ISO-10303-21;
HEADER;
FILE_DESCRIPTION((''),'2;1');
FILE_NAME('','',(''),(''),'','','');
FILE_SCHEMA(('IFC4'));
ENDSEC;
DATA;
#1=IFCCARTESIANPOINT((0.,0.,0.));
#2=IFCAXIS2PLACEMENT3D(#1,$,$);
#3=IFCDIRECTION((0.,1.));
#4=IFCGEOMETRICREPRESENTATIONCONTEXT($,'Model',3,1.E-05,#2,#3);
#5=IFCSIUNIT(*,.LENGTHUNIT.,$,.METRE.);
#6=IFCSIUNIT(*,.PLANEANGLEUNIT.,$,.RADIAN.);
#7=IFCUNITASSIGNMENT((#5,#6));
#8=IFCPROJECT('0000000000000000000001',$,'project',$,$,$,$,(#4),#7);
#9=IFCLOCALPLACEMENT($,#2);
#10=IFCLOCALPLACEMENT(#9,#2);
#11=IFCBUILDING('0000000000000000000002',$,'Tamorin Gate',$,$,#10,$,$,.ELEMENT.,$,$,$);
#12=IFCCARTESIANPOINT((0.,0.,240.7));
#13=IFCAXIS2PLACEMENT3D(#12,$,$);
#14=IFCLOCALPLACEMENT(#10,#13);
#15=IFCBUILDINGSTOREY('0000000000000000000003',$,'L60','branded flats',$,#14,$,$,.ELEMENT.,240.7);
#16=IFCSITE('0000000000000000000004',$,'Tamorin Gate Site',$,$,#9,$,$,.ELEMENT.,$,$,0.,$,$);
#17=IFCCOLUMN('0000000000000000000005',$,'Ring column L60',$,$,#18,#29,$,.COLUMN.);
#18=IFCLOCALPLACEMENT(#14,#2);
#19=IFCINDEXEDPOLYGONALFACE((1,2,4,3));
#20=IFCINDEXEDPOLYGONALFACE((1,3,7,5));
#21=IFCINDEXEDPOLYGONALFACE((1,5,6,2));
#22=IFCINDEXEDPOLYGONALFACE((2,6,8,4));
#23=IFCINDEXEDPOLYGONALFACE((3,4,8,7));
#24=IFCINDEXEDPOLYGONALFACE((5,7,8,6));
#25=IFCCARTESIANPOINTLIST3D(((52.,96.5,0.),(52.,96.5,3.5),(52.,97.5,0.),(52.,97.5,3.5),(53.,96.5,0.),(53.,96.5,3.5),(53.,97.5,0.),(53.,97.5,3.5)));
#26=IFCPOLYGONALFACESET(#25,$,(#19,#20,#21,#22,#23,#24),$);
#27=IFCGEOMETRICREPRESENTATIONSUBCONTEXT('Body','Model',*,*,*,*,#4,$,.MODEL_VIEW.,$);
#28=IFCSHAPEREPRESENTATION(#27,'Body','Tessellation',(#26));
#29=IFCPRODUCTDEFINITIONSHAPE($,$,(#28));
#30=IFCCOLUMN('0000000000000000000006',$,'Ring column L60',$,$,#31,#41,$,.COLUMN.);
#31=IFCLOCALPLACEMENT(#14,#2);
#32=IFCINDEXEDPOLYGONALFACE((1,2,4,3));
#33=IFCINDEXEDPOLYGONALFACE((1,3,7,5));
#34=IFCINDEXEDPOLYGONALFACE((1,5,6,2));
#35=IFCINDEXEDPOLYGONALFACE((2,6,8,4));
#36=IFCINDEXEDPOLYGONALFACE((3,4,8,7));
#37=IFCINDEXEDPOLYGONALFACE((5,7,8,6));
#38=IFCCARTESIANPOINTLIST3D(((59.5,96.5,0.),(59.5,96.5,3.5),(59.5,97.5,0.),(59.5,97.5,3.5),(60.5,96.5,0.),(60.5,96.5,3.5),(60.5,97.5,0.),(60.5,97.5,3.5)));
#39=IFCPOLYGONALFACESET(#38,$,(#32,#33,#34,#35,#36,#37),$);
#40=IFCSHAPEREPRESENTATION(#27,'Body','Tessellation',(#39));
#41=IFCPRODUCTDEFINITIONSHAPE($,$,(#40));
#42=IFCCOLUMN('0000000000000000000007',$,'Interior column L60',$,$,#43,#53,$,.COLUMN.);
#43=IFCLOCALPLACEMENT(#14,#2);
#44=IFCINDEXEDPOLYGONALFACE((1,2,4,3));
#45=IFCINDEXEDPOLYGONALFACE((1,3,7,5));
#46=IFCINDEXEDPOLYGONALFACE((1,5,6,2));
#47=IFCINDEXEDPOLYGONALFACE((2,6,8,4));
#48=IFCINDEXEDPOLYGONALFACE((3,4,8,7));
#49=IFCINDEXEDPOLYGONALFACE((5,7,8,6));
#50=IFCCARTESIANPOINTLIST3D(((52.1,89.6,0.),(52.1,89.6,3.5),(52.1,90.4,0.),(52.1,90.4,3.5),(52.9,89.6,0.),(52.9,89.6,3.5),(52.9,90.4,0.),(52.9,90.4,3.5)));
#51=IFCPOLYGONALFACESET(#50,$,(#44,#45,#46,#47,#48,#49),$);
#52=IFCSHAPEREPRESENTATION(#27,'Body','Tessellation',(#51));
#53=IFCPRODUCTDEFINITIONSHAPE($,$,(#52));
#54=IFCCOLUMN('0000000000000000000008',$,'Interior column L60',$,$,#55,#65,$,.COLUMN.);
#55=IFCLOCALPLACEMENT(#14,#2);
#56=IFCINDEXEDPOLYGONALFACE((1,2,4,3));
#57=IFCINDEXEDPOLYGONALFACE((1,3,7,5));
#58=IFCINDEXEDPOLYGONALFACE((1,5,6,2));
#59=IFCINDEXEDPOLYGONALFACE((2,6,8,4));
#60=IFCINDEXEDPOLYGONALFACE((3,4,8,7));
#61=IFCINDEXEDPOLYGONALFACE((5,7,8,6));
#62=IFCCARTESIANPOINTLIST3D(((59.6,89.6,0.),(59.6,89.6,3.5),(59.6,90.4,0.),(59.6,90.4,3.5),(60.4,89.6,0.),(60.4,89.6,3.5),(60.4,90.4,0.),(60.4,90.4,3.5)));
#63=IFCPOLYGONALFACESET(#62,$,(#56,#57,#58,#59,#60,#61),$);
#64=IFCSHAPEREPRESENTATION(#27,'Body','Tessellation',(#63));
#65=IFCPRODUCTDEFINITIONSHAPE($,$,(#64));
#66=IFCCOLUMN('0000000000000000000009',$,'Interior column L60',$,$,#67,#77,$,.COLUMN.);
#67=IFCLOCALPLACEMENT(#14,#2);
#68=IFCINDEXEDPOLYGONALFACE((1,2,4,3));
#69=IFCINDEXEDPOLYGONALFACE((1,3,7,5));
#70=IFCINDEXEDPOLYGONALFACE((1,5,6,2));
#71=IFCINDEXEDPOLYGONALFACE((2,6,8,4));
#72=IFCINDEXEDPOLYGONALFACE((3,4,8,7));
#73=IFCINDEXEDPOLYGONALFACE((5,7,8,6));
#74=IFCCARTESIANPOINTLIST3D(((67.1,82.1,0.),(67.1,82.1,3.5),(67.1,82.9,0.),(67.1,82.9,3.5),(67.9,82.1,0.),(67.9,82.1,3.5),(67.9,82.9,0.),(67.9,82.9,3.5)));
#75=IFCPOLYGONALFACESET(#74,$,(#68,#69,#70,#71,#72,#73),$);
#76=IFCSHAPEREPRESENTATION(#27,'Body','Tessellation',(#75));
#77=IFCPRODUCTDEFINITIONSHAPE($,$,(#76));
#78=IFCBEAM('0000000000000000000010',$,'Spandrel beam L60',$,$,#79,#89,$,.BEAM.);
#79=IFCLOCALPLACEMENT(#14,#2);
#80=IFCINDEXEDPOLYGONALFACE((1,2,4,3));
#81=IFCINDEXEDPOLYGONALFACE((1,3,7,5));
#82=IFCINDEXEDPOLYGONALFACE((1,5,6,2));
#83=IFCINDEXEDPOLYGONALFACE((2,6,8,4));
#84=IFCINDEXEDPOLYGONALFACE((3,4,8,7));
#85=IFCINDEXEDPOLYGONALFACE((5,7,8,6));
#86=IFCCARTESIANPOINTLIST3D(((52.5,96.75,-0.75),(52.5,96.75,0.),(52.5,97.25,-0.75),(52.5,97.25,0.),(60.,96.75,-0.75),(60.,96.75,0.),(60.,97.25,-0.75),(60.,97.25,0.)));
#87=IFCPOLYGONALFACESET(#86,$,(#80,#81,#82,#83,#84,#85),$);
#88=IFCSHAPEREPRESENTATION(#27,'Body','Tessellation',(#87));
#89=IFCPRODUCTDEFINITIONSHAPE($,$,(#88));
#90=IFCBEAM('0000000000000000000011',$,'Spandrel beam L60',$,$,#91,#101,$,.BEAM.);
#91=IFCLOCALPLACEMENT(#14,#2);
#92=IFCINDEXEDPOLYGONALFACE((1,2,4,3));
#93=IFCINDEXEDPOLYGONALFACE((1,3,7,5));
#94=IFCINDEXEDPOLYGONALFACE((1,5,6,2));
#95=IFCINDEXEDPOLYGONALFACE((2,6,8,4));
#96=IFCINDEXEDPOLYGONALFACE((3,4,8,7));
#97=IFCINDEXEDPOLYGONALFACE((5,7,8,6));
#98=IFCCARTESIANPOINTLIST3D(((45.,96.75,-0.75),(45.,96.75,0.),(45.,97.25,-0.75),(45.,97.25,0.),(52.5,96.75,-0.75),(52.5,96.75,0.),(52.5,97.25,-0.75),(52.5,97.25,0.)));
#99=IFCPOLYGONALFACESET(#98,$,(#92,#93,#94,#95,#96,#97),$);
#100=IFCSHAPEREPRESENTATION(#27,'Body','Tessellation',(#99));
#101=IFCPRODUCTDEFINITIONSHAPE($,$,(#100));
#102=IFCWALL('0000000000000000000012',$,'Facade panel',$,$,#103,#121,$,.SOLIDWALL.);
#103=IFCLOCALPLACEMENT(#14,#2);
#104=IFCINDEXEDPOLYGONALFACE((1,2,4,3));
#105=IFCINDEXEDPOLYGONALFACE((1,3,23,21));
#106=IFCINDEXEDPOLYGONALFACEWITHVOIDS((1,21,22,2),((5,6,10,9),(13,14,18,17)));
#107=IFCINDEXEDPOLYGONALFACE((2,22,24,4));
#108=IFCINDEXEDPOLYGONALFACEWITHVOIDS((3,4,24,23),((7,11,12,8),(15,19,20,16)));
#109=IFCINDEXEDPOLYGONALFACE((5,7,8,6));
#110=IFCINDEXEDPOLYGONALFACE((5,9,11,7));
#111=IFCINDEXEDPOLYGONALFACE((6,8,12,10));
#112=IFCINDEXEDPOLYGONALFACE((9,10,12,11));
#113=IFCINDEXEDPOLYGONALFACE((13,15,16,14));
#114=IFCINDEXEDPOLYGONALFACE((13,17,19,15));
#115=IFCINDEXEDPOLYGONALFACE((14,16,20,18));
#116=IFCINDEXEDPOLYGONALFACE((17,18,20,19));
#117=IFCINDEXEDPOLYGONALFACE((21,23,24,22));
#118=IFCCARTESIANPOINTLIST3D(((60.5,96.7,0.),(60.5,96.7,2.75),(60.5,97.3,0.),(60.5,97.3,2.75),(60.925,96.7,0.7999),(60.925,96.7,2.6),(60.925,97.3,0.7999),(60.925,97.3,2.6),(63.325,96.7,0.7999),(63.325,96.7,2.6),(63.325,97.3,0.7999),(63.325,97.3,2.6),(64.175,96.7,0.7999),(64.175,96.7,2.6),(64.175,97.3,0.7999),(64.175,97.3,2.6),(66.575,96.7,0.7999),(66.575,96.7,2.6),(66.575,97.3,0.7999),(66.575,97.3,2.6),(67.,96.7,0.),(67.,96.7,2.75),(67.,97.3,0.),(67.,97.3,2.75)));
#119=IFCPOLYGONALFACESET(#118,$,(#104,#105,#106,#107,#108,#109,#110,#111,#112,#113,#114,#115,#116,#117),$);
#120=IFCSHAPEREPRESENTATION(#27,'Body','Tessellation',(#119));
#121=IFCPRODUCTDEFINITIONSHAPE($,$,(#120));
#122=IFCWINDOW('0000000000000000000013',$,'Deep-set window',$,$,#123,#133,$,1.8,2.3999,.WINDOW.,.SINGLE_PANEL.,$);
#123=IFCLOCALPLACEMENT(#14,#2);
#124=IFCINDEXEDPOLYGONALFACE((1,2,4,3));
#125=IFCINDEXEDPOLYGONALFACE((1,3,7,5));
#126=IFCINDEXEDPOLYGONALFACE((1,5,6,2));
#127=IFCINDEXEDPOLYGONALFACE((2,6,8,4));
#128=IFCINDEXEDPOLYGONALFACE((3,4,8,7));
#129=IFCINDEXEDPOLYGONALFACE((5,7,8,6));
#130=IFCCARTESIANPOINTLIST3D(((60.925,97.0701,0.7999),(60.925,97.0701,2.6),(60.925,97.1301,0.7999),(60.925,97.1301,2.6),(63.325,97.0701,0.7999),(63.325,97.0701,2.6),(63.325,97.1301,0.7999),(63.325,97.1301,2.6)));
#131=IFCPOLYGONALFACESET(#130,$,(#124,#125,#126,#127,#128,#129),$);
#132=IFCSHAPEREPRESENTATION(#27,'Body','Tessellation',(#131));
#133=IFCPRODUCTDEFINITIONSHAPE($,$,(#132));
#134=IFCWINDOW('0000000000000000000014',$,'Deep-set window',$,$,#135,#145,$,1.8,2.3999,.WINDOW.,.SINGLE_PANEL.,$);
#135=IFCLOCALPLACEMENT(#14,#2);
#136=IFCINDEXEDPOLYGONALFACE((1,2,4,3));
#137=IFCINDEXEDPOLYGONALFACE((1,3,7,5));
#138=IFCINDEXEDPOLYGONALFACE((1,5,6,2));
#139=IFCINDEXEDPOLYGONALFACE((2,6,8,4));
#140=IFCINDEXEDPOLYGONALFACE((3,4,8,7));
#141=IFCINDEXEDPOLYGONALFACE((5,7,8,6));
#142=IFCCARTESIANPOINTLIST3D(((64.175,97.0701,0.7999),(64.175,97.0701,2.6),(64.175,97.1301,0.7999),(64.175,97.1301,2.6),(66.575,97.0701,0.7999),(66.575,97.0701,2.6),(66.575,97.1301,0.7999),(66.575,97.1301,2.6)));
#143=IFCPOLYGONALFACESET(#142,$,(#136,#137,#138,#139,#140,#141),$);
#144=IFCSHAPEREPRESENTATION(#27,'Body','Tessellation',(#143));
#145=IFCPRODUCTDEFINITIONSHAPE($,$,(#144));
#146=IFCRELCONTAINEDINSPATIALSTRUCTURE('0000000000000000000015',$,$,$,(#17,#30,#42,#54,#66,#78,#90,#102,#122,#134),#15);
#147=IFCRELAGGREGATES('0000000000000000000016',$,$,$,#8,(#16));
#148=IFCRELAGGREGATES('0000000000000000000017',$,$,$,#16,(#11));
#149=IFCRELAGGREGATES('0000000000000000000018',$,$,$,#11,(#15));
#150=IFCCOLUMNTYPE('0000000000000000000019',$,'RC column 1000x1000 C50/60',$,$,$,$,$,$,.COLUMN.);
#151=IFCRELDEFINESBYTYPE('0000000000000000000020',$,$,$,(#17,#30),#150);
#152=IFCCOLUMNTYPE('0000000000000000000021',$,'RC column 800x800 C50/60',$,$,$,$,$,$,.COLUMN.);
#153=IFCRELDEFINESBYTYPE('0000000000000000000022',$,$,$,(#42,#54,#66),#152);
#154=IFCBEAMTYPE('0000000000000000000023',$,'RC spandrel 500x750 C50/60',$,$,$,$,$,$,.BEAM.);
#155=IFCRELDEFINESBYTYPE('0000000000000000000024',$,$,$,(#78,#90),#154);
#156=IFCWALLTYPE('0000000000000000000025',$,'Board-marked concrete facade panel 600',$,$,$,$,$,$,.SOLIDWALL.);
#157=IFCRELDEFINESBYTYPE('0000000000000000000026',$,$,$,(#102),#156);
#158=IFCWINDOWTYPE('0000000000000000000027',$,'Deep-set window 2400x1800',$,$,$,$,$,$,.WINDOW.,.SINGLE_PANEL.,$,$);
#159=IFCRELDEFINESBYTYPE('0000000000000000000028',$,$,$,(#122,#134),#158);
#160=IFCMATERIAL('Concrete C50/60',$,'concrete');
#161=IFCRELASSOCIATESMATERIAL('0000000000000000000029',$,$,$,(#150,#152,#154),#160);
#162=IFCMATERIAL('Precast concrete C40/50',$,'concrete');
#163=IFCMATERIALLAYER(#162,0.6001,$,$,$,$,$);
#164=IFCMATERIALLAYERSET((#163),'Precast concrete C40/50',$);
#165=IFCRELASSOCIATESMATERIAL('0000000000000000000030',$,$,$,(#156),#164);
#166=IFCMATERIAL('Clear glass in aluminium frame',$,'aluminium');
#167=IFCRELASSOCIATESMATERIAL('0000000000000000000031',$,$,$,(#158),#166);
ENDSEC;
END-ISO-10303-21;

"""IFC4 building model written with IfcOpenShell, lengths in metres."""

from ifc_helpers import new_model, si_unit, direction, frame, frame_2d, origin, origin_2d, place, context, subcontext, project, spatial, rectangle, extrude, material, layer, layer_set, material_profile, profile_set, type_object, element, fill, save


model = new_model("IFC4")

# Units and contexts
model_context = context("Model", 3, precision=1e-05, world=origin(), true_north=direction((0.0, 1.0)))
body_context = subcontext(model_context, "Body", "Model", "MODEL_VIEW")
ifc_project = project(units=[si_unit("LENGTHUNIT", "METRE"), si_unit("PLANEANGLEUNIT", "RADIAN")], contexts=[model_context])

# Site, building, storey
site_placement = place(None, origin())
site = spatial("IfcSite", under=ifc_project, at=site_placement, Name="Tamorin Gate Site", CompositionType="ELEMENT", RefElevation=0.0)
building_placement = place(site_placement, origin())
building = spatial("IfcBuilding", under=site, at=building_placement, Name="Tamorin Gate", CompositionType="ELEMENT")
storey_placement = place(building_placement, frame((0.0, 0.0, 240.7)))
storey = spatial("IfcBuildingStorey", under=building, at=storey_placement, Name="L60", Description="branded flats", CompositionType="ELEMENT", Elevation=240.7)

# Columns
ifc_material_1 = material(Name="Concrete C50/60", Category="concrete")
ifc_material_profile_1 = material_profile(ifc_material_1, rectangle(XDim=1.0, YDim=1.0, at=origin_2d()), Name="RC 1000x1000")
ifc_profile_set_1 = profile_set([ifc_material_profile_1], Name="Concrete C50/60")
column_type_1 = type_object("IfcColumnType", Name="RC column 1000x1000 C50/60", PredefinedType="COLUMN", material=ifc_profile_set_1)
for number, where, z_axis, x_axis, name in (
    (1, (52.5, 97.0, 0.0), (0.0, 0.0, 1.0), (1.0, 0.0, 0.0), "Ring column L60"),
    (2, (60.0, 97.0, 0.0), (0.0, 0.0, 1.0), (1.0, 0.0, 0.0), "Ring column L60"),
):
    element("IfcColumn", number, at=place(storey_placement, frame(where, z_axis=z_axis, x_axis=x_axis)), inside=storey, type_object=column_type_1, Name=name, PredefinedType="COLUMN", context=body_context, shape_type="SweptSolid", body=[
        extrude(rectangle(XDim=1.0, YDim=1.0, at=origin_2d()), origin(), (0.0, 0.0, 1.0), 3.5),
    ])
ifc_material_profile_2 = material_profile(ifc_material_1, rectangle(XDim=0.8, YDim=0.8, at=origin_2d()), Name="RC 800x800")
ifc_profile_set_2 = profile_set([ifc_material_profile_2], Name="Concrete C50/60")
column_type_2 = type_object("IfcColumnType", Name="RC column 800x800 C50/60", PredefinedType="COLUMN", material=ifc_profile_set_2)
for number, where, z_axis, x_axis, name in (
    (3, (52.5, 90.0, 0.0), (0.0, 0.0, 1.0), (1.0, 0.0, 0.0), "Interior column L60"),
    (4, (60.0, 90.0, 0.0), (0.0, 0.0, 1.0), (1.0, 0.0, 0.0), "Interior column L60"),
    (5, (67.5, 82.5, 0.0), (0.0, 0.0, 1.0), (1.0, 0.0, 0.0), "Interior column L60"),
):
    element("IfcColumn", number, at=place(storey_placement, frame(where, z_axis=z_axis, x_axis=x_axis)), inside=storey, type_object=column_type_2, Name=name, PredefinedType="COLUMN", context=body_context, shape_type="SweptSolid", body=[
        extrude(rectangle(XDim=0.8, YDim=0.8, at=origin_2d()), origin(), (0.0, 0.0, 1.0), 3.5),
    ])

# Beams
ifc_material_profile_3 = material_profile(ifc_material_1, rectangle(XDim=0.5, YDim=0.75, at=origin_2d()), Name="RC 500x750")
ifc_profile_set_3 = profile_set([ifc_material_profile_3], Name="Concrete C50/60")
beam_type = type_object("IfcBeamType", Name="RC spandrel 500x750 C50/60", PredefinedType="BEAM", material=ifc_profile_set_3)
for number, where, z_axis, x_axis, name in (
    (6, (60.0, 97.0, -0.375), (-1.0, 0.0, 0.0), (0.0, -1.0, 0.0), "Spandrel beam L60"),
    (7, (52.5, 97.0, -0.375), (-1.0, 0.0, 0.0), (0.0, -1.0, 0.0), "Spandrel beam L60"),
):
    element("IfcBeam", number, at=place(storey_placement, frame(where, z_axis=z_axis, x_axis=x_axis)), inside=storey, type_object=beam_type, Name=name, PredefinedType="BEAM", context=body_context, shape_type="SweptSolid", body=[
        extrude(rectangle(XDim=0.5, YDim=0.75, at=origin_2d()), origin(), (0.0, 0.0, 1.0), 7.5),
    ])

# Wall, openings, windows
ifc_material_2 = material(Name="Precast concrete C40/50", Category="concrete")
ifc_layer_1 = layer(ifc_material_2, 0.6001)
ifc_layer_set_1 = layer_set([ifc_layer_1], Name="Precast concrete C40/50")
wall_type_1 = type_object("IfcWallType", Name="Board-marked concrete facade panel 600", PredefinedType="SOLIDWALL", material=ifc_layer_set_1)
wall_1_placement = place(storey_placement, frame((67.0, 97.0, 0.0), z_axis=(0.0, 0.0, 1.0), x_axis=(-1.0, 0.0, 0.0)))
wall_1 = element("IfcWall", 8, at=wall_1_placement, inside=storey, type_object=wall_type_1, Name="Facade panel", PredefinedType="SOLIDWALL", context=body_context, shape_type="SweptSolid", body=[
    extrude(rectangle(XDim=6.5, YDim=0.6001, at=frame_2d((3.25, 0.0))), origin(), (0.0, 0.0, 1.0), 2.75),
])
opening_1_placement = place(wall_1_placement, frame((3.675, 0.0, 0.8)))
opening_1 = element("IfcOpeningElement", 9, at=opening_1_placement, cuts=wall_1, PredefinedType="OPENING", context=body_context, shape_type="SweptSolid", body=[
    extrude(rectangle(XDim=2.3999, YDim=1.8, at=frame_2d((1.2, 0.8999))), frame((0.0, 0.3101, 0.0), z_axis=(0.0, -1.0, 0.0), x_axis=(1.0, 0.0, 0.0)), (0.0, 0.0, 1.0), 0.6201),
])
opening_2_placement = place(wall_1_placement, frame((0.425, 0.0, 0.8)))
opening_2 = element("IfcOpeningElement", 10, at=opening_2_placement, cuts=wall_1, PredefinedType="OPENING", context=body_context, shape_type="SweptSolid", body=[
    extrude(rectangle(XDim=2.3999, YDim=1.8, at=frame_2d((1.2, 0.8999))), frame((0.0, 0.3101, 0.0), z_axis=(0.0, -1.0, 0.0), x_axis=(1.0, 0.0, 0.0)), (0.0, 0.0, 1.0), 0.6201),
])
ifc_material_3 = material(Name="Clear glass in aluminium frame", Category="aluminium")
window_type = type_object("IfcWindowType", Name="Deep-set window 2400x1800", PartitioningType="SINGLE_PANEL", PredefinedType="WINDOW", material=ifc_material_3)
window_1_placement = place(opening_1_placement, origin())
window_1 = element("IfcWindow", 11, at=window_1_placement, inside=storey, type_object=window_type, Name="Deep-set window", OverallHeight=1.8, OverallWidth=2.3999, PartitioningType="SINGLE_PANEL", PredefinedType="WINDOW", context=body_context, shape_type="SweptSolid", body=[
    extrude(rectangle(XDim=2.3999, YDim=1.8, at=frame_2d((1.2, 0.8999))), frame((0.0, -0.0701, 0.0), z_axis=(0.0, -1.0, 0.0), x_axis=(1.0, 0.0, 0.0)), (0.0, 0.0, 1.0), 0.0601),
])
fill(opening_1, window_1)
window_2_placement = place(opening_2_placement, origin())
window_2 = element("IfcWindow", 12, at=window_2_placement, inside=storey, type_object=window_type, Name="Deep-set window", OverallHeight=1.8, OverallWidth=2.3999, PartitioningType="SINGLE_PANEL", PredefinedType="WINDOW", context=body_context, shape_type="SweptSolid", body=[
    extrude(rectangle(XDim=2.3999, YDim=1.8, at=frame_2d((1.2, 0.8999))), frame((0.0, -0.0701, 0.0), z_axis=(0.0, -1.0, 0.0), x_axis=(1.0, 0.0, 0.0)), (0.0, 0.0, 1.0), 0.0601),
])
fill(opening_2, window_2)

save(model, "model.ifc")
